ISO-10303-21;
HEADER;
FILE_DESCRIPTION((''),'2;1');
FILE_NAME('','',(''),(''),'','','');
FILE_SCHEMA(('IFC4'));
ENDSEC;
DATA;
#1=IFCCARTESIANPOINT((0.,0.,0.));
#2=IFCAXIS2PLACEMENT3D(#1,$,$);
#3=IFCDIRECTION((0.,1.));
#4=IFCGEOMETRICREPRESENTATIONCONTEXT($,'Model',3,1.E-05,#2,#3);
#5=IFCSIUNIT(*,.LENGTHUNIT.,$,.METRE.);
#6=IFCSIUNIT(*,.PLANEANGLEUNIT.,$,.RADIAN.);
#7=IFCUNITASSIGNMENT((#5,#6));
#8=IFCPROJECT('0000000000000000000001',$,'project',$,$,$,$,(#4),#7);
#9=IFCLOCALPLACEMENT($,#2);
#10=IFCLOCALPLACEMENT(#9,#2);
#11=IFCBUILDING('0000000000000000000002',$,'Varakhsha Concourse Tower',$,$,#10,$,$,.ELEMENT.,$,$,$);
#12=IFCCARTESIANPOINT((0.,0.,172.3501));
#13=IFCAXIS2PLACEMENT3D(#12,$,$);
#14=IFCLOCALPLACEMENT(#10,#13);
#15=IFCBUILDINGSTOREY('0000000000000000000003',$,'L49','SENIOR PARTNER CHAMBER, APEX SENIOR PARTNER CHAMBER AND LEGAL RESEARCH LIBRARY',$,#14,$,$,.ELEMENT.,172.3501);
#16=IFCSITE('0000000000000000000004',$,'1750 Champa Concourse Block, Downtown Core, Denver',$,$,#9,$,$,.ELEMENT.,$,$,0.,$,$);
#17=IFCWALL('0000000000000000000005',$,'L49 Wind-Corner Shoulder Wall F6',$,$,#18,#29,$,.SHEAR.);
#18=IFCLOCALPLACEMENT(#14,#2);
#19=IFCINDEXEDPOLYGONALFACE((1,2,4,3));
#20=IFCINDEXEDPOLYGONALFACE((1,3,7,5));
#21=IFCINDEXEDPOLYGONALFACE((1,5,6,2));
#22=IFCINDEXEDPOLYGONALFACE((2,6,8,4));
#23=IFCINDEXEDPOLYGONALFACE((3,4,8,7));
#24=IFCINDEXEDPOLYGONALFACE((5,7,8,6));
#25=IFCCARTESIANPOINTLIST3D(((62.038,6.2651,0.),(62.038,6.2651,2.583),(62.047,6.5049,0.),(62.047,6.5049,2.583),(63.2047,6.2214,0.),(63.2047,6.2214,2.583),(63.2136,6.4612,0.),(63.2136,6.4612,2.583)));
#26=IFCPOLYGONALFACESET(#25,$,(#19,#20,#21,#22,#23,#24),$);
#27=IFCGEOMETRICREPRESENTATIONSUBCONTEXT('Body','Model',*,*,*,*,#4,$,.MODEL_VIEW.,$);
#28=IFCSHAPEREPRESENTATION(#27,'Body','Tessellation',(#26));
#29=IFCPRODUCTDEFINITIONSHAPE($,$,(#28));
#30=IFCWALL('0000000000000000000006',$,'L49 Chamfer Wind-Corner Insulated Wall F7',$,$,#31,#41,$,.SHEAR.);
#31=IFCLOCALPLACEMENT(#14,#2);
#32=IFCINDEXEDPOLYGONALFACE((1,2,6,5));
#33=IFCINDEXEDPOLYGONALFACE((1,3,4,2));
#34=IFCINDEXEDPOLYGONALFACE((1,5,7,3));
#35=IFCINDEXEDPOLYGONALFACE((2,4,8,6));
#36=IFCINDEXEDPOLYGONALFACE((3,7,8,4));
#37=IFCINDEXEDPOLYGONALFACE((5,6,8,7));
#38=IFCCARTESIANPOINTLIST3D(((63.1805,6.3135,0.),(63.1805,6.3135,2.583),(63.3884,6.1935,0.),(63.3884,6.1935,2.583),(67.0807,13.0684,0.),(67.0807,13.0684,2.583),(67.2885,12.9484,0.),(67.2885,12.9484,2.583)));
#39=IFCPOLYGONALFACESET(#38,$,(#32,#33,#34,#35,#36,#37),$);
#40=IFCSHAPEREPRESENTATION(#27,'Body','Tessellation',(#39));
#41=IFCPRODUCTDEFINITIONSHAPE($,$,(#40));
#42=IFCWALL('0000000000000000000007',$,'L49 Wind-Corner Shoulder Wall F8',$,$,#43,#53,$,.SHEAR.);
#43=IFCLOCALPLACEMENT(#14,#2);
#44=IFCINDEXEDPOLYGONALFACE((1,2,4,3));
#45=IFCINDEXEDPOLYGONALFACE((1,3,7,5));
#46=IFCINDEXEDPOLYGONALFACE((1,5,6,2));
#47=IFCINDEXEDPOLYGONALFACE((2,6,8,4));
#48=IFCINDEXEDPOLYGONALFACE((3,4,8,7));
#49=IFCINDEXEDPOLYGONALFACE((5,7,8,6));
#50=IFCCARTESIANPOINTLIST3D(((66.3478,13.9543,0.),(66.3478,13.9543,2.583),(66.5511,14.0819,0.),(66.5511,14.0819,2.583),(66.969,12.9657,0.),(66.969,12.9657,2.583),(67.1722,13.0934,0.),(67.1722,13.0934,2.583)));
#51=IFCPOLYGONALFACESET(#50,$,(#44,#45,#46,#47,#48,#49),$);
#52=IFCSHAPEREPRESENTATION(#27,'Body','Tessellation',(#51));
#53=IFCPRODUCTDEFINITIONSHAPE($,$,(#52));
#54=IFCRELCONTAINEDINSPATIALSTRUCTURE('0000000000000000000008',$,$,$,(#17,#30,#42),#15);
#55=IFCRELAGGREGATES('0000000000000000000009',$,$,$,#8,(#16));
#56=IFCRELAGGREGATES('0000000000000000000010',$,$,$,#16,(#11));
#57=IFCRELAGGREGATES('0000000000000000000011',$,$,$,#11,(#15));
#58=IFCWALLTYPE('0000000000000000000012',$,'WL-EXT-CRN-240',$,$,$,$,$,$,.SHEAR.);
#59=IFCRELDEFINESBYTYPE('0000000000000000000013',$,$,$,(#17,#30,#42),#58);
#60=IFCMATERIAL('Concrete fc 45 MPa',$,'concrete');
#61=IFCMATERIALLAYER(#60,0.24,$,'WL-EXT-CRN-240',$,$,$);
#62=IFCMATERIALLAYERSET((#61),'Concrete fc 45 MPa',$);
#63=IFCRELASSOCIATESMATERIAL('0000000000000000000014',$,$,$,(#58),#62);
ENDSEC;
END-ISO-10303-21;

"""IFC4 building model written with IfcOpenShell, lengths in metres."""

from ifc_helpers import new_model, si_unit, direction, frame, frame_2d, origin, place, context, subcontext, project, spatial, rectangle, extrude, material, layer, layer_set, type_object, element, save


model = new_model("IFC4")

# Units and contexts
model_context = context("Model", 3, precision=1e-05, world=origin(), true_north=direction((0.0, 1.0)))
body_context = subcontext(model_context, "Body", "Model", "MODEL_VIEW")
ifc_project = project(units=[si_unit("LENGTHUNIT", "METRE"), si_unit("PLANEANGLEUNIT", "RADIAN")], contexts=[model_context])

# Site, building, storey
site_placement = place(None, origin())
site = spatial("IfcSite", under=ifc_project, at=site_placement, Name="1750 Champa Concourse Block, Downtown Core, Denver", CompositionType="ELEMENT", RefElevation=0.0)
building_placement = place(site_placement, origin())
building = spatial("IfcBuilding", under=site, at=building_placement, Name="Varakhsha Concourse Tower", CompositionType="ELEMENT")
storey_placement = place(building_placement, frame((0.0, 0.0, 172.3501)))
storey = spatial("IfcBuildingStorey", under=building, at=storey_placement, Name="L49", Description="SENIOR PARTNER CHAMBER, APEX SENIOR PARTNER CHAMBER AND LEGAL RESEARCH LIBRARY", CompositionType="ELEMENT", Elevation=172.3501)

# Walls
ifc_material_1 = material(Name="Concrete fc 45 MPa", Category="concrete")
ifc_layer_1 = layer(ifc_material_1, 0.24, Name="WL-EXT-CRN-240")
ifc_layer_set_1 = layer_set([ifc_layer_1], Name="Concrete fc 45 MPa")
wall_type = type_object("IfcWallType", Name="WL-EXT-CRN-240", PredefinedType="SHEAR", material=ifc_layer_set_1)
wall_1_placement = place(storey_placement, frame((62.0425, 6.385, 0.0), z_axis=(0.0, 0.0, 1.0), x_axis=(0.999299, -0.037429, 0.0)))
element("IfcWall", 1, at=wall_1_placement, inside=storey, type_object=wall_type, Name="L49 Wind-Corner Shoulder Wall F6", PredefinedType="SHEAR", context=body_context, shape_type="SweptSolid", body=[
    extrude(rectangle(XDim=1.1675, YDim=0.24, at=frame_2d((0.5837, 0.0))), origin(), (0.0, 0.0, 1.0), 2.583),
])
wall_2_placement = place(storey_placement, frame((67.1846, 13.0083, 0.0), z_axis=(0.0, 0.0, 1.0), x_axis=(-0.50002, -0.866014, 0.0)))
element("IfcWall", 2, at=wall_2_placement, inside=storey, type_object=wall_type, Name="L49 Chamfer Wind-Corner Insulated Wall F7", PredefinedType="SHEAR", context=body_context, shape_type="SweptSolid", body=[
    extrude(rectangle(XDim=7.8, YDim=0.24, at=frame_2d((3.8999, 0.0))), origin(), (0.0, 0.0, 1.0), 2.583),
])
wall_3_placement = place(storey_placement, frame((67.0706, 13.0295, 0.0), z_axis=(0.0, 0.0, 1.0), x_axis=(-0.532009, 0.846739, 0.0)))
element("IfcWall", 3, at=wall_3_placement, inside=storey, type_object=wall_type, Name="L49 Wind-Corner Shoulder Wall F8", PredefinedType="SHEAR", context=body_context, shape_type="SweptSolid", body=[
    extrude(rectangle(XDim=1.1675, YDim=0.24, at=frame_2d((0.5837, 0.0))), origin(), (0.0, 0.0, 1.0), 2.583),
])

save(model, "model.ifc")
